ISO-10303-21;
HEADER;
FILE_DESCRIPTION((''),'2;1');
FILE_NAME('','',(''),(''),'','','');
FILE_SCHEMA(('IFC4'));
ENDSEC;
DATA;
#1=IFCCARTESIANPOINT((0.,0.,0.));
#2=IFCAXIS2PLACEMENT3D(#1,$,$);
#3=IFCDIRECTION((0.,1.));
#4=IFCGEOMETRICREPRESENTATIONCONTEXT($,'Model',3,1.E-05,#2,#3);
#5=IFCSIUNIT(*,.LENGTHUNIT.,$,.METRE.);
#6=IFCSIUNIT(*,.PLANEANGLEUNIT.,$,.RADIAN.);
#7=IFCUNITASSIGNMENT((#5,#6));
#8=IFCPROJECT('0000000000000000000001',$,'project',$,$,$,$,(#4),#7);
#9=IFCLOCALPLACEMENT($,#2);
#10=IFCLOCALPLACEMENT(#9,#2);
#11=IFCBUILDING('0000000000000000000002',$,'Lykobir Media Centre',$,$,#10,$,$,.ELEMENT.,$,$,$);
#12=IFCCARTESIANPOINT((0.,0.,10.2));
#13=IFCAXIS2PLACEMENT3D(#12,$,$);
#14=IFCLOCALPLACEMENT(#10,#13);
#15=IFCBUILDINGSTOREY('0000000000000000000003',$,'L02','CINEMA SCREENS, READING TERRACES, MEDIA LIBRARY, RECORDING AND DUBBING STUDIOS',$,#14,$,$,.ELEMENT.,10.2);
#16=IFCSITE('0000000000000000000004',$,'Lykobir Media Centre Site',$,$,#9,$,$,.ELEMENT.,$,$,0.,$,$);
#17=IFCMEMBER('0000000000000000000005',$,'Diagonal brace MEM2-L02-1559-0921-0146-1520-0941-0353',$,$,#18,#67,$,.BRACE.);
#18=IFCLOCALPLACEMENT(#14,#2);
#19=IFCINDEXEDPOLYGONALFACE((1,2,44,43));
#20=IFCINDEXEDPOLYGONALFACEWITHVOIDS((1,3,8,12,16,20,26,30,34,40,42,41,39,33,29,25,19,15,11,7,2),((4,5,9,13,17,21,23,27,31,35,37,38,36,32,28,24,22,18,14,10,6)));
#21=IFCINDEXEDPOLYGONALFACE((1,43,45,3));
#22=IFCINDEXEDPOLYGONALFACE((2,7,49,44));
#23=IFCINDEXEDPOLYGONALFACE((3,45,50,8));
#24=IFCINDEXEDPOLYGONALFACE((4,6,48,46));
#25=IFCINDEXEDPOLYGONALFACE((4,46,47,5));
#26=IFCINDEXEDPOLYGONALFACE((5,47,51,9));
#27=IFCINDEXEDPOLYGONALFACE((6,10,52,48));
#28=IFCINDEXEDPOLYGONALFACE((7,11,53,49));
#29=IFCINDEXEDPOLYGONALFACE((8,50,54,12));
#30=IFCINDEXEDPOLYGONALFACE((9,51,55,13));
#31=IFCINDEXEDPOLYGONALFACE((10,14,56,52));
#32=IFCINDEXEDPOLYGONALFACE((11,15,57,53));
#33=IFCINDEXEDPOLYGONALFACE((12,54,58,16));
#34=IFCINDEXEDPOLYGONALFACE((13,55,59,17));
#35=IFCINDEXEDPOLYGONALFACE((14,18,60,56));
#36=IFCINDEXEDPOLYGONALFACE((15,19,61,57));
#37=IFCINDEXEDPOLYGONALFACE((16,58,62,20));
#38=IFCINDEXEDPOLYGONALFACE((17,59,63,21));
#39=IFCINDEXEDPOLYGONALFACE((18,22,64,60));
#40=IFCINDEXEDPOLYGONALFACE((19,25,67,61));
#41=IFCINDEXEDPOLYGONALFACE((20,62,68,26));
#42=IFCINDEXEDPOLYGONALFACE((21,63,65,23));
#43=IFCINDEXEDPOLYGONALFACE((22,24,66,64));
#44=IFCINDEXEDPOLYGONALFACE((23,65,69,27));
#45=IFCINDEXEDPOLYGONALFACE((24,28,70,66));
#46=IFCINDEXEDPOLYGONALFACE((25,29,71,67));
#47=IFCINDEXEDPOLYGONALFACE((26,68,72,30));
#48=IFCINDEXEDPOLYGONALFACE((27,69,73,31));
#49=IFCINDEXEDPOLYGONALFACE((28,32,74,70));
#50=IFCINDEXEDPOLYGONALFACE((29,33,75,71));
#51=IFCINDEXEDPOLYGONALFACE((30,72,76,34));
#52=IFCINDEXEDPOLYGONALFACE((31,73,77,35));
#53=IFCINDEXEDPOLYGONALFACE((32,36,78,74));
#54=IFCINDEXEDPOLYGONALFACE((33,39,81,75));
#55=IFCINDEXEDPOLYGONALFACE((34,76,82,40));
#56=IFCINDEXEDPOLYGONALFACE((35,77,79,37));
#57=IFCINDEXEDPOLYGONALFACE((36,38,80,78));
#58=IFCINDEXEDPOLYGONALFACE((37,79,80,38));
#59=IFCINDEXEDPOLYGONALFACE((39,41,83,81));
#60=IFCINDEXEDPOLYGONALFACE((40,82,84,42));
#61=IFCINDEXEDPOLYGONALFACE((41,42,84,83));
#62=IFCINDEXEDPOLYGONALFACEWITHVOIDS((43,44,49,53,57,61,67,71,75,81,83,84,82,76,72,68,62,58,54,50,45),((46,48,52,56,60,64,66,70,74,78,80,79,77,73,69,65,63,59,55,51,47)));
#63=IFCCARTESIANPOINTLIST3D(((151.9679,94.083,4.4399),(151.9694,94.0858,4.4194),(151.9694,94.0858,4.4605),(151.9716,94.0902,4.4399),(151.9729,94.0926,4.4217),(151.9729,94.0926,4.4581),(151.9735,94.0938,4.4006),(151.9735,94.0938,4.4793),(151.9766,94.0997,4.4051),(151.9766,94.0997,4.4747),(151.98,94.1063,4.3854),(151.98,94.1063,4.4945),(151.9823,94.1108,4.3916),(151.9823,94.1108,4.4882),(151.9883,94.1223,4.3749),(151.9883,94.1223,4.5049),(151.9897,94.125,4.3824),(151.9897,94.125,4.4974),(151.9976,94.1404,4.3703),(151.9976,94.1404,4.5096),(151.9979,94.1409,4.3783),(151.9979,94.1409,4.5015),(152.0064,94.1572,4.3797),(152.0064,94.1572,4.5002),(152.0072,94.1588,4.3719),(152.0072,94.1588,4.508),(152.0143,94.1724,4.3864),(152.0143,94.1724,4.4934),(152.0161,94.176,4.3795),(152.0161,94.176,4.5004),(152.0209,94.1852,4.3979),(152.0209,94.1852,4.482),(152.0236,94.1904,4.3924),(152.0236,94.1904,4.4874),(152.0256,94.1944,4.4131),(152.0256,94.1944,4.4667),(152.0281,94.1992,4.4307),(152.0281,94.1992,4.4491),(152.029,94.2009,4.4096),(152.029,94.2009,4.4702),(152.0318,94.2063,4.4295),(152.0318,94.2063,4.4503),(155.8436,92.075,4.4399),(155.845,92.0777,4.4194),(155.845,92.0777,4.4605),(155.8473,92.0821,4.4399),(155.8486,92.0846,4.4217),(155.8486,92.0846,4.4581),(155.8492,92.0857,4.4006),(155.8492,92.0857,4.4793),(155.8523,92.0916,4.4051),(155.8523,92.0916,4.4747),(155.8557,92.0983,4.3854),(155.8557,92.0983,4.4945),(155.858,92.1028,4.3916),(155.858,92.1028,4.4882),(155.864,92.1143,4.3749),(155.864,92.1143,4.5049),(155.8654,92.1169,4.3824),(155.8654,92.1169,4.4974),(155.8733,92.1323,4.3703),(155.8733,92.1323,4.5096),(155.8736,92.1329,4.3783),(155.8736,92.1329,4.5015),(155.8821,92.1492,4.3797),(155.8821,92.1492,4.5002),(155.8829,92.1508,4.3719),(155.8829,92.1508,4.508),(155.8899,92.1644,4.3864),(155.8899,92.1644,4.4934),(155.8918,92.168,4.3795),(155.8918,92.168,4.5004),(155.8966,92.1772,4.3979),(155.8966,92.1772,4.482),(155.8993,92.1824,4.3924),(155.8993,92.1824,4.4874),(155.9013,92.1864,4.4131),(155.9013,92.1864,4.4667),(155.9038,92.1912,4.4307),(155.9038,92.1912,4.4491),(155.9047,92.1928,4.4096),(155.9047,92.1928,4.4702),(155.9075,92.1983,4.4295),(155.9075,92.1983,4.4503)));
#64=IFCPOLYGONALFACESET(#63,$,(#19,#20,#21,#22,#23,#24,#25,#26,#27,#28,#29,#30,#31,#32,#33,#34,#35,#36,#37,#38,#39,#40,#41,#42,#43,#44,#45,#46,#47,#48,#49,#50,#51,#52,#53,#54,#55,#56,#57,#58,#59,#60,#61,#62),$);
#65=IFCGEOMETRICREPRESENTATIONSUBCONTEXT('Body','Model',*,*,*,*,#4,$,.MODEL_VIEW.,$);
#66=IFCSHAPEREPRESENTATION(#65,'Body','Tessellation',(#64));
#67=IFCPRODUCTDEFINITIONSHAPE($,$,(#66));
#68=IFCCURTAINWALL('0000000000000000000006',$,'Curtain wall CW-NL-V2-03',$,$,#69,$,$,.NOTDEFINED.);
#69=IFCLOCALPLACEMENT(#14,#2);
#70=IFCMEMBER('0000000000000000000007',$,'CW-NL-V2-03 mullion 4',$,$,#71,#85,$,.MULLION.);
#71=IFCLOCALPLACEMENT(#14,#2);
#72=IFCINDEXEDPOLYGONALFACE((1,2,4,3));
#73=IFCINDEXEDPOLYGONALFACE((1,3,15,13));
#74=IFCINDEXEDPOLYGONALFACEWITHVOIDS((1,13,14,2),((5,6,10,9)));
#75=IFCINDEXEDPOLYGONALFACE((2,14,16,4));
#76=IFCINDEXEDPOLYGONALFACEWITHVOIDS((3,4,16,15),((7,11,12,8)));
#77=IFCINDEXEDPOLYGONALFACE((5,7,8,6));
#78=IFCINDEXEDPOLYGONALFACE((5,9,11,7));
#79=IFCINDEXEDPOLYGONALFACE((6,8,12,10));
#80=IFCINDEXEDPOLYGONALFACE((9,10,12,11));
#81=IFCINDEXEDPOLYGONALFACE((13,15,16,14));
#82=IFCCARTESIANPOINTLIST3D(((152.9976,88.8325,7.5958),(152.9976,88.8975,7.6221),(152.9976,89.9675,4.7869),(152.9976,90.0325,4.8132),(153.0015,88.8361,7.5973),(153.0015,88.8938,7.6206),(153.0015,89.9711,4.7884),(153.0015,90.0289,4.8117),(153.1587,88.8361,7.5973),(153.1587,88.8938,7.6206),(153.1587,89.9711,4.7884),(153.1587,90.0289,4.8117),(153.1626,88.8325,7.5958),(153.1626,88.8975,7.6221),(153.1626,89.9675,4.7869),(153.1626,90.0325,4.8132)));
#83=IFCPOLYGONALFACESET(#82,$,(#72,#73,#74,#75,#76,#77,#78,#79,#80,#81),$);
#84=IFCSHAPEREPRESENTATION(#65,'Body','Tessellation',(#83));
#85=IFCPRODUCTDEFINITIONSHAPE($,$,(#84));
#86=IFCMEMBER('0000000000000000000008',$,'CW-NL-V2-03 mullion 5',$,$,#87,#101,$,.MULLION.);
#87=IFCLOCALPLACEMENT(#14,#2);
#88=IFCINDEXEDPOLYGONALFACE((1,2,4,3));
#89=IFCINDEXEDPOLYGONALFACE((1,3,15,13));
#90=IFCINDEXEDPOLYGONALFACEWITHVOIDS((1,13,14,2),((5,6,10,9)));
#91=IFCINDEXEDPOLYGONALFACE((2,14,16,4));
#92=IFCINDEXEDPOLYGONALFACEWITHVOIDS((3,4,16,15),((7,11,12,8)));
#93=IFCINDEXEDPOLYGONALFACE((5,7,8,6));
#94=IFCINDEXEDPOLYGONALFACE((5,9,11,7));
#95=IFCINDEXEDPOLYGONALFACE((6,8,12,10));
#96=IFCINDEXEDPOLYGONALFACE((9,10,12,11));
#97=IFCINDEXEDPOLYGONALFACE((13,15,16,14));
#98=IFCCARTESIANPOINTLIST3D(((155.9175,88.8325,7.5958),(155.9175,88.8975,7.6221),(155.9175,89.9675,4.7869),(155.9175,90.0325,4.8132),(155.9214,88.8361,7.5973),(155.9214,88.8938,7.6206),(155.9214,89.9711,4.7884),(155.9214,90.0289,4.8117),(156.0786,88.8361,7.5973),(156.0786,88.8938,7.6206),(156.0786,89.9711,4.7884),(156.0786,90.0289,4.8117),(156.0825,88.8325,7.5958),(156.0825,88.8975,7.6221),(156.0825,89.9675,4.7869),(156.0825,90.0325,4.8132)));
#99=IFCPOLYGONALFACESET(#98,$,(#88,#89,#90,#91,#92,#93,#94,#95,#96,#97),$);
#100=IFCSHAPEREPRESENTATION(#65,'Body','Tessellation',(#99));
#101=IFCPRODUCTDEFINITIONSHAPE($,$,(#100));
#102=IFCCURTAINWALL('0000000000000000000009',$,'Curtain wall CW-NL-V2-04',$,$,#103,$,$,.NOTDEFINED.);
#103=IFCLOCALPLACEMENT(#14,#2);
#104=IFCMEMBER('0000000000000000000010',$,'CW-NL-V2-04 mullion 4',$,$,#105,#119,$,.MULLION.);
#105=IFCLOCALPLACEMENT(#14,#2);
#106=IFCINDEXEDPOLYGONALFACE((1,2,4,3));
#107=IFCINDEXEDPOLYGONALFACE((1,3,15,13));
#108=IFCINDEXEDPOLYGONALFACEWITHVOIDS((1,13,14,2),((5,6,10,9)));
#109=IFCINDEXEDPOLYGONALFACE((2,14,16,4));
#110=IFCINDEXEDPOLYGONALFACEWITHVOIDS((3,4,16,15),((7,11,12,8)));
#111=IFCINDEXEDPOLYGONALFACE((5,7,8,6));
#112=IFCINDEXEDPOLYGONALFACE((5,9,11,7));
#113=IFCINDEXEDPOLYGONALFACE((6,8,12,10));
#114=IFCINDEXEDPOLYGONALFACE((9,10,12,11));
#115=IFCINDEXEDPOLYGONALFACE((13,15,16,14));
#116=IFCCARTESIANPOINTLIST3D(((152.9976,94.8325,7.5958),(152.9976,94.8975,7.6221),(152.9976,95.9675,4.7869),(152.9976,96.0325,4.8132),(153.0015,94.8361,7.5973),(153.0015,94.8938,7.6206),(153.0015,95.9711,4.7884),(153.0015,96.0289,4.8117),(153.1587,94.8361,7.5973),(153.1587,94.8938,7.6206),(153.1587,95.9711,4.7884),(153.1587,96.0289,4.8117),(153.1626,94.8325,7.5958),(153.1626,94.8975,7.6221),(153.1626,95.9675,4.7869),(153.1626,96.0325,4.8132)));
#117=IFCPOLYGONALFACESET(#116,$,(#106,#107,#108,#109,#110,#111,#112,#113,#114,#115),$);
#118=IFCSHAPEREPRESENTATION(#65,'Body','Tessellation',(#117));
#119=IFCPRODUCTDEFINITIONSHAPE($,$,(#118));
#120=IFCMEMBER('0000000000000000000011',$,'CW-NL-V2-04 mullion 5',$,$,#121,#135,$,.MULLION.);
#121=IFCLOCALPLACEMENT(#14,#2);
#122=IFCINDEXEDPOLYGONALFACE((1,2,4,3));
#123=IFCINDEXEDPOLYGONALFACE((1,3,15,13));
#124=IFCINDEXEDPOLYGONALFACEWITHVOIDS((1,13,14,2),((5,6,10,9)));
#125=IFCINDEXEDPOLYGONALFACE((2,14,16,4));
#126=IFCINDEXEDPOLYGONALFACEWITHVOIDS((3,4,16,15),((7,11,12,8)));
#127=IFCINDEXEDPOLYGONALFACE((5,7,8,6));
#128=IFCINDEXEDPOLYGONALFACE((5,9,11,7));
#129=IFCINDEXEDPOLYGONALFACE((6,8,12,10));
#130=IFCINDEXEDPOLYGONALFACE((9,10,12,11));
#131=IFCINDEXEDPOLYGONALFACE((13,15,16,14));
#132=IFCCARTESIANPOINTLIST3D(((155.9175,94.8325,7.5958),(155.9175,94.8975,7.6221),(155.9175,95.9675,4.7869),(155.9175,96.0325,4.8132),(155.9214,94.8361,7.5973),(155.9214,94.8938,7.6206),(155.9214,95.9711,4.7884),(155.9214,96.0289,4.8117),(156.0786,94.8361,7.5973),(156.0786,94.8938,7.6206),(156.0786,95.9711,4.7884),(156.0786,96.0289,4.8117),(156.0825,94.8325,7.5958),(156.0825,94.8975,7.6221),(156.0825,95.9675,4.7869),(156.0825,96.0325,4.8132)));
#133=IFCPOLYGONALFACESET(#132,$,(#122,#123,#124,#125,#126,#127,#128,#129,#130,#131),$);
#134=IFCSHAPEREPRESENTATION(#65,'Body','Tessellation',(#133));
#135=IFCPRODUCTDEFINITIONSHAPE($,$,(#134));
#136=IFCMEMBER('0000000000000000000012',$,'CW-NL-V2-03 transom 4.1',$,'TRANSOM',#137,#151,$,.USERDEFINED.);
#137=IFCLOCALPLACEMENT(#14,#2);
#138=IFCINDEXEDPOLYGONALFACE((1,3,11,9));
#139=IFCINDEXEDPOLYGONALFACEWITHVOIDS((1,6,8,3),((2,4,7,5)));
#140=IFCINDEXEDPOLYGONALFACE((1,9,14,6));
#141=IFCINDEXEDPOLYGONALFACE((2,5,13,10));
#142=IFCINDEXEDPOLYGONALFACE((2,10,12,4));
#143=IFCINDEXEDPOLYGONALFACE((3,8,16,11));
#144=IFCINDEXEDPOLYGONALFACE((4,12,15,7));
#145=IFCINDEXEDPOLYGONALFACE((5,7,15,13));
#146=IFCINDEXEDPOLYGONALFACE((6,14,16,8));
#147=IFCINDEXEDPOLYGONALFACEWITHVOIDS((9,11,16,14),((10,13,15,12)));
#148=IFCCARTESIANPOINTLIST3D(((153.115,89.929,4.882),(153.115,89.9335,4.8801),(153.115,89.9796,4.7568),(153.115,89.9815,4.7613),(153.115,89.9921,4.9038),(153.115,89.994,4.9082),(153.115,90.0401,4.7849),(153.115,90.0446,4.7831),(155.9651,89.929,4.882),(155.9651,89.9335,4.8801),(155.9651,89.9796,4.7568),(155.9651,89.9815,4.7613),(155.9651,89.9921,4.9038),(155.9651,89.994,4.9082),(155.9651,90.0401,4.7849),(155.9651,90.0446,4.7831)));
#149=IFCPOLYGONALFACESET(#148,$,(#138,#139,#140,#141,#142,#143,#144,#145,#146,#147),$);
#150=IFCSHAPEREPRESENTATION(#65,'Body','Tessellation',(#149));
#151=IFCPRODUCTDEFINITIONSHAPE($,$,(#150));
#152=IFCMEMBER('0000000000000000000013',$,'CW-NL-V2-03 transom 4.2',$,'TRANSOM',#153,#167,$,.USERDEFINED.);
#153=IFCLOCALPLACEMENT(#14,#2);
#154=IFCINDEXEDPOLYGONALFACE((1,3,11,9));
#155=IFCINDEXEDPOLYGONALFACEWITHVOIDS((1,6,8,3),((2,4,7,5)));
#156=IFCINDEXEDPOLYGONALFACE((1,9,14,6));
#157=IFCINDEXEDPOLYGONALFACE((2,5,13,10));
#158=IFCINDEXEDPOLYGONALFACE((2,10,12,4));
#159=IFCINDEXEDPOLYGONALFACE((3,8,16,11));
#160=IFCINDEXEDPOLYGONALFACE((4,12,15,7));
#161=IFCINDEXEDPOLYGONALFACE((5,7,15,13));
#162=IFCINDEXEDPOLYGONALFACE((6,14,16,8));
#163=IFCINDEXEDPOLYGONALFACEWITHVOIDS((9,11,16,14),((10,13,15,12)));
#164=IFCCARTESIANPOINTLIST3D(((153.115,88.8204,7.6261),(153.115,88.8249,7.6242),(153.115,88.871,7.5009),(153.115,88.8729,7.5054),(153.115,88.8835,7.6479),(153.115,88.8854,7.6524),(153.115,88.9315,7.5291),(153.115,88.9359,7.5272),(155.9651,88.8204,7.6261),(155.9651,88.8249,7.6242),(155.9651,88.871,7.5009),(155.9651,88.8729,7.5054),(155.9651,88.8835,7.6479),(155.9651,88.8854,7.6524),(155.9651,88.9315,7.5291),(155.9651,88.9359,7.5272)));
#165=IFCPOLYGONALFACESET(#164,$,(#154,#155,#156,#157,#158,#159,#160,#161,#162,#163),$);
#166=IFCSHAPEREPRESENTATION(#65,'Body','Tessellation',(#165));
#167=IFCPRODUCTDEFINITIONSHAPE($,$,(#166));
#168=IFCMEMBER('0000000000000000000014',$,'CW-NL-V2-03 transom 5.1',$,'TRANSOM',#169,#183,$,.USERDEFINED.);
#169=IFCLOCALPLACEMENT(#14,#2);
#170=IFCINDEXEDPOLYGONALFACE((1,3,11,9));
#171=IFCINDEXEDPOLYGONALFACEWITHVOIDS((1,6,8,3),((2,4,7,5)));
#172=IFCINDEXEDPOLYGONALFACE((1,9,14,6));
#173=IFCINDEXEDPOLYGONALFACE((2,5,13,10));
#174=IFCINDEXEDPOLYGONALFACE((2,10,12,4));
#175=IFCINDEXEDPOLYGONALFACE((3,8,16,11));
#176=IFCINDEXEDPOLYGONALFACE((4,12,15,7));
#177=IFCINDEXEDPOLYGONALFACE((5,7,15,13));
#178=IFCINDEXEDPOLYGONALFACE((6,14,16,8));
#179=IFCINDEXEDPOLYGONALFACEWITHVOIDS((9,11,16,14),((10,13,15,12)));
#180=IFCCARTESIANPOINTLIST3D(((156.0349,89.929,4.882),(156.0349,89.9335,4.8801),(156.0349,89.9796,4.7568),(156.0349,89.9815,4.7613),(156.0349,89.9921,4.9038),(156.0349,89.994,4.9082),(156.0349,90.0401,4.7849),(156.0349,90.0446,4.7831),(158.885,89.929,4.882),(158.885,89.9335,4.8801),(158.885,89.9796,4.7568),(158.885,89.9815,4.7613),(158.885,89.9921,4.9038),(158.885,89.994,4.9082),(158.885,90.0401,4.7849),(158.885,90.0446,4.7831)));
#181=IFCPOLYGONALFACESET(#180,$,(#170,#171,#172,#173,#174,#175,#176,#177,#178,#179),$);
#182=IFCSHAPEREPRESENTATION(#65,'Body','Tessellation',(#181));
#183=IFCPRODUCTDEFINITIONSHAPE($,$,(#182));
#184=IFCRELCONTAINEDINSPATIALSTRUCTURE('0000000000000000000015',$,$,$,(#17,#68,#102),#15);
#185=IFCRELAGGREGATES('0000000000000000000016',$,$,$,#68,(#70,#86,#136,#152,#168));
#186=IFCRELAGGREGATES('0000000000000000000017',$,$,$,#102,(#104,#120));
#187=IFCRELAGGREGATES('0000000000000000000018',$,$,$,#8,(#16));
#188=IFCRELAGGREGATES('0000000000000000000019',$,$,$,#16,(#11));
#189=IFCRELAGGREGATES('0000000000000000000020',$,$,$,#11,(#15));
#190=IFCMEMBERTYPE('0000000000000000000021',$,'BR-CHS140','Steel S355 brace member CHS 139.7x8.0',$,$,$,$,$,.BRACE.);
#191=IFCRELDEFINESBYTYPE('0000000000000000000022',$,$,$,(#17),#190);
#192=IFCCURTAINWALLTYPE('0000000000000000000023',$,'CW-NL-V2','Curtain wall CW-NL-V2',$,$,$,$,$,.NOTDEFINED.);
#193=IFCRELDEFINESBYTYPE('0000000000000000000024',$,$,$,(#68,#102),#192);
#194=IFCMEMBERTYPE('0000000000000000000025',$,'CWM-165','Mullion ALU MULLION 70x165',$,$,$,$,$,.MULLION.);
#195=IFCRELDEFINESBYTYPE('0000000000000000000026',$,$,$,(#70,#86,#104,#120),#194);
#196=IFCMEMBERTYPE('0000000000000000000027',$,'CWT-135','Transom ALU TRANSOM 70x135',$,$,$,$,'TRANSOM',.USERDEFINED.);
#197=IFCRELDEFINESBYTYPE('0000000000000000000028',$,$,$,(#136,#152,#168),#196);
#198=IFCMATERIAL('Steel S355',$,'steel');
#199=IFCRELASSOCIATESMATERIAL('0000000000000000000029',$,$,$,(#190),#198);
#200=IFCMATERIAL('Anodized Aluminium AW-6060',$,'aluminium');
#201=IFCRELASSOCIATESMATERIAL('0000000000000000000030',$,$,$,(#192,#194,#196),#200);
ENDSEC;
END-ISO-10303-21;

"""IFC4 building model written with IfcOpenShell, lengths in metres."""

from ifc_helpers import new_model, si_unit, direction, frame, origin, origin_2d, place, context, subcontext, project, spatial, hollow_rectangle, hollow_circle, extrude, material, material_profile, profile_set, type_object, element, aggregate, save


model = new_model("IFC4")

# Units and contexts
model_context = context("Model", 3, precision=1e-05, world=origin(), true_north=direction((0.0, 1.0)))
body_context = subcontext(model_context, "Body", "Model", "MODEL_VIEW")
ifc_project = project(units=[si_unit("LENGTHUNIT", "METRE"), si_unit("PLANEANGLEUNIT", "RADIAN")], contexts=[model_context])

# Site, building, storey
site_placement = place(None, origin())
site = spatial("IfcSite", under=ifc_project, at=site_placement, Name="Lykobir Media Centre Site", CompositionType="ELEMENT", RefElevation=0.0)
building_placement = place(site_placement, origin())
building = spatial("IfcBuilding", under=site, at=building_placement, Name="Lykobir Media Centre", CompositionType="ELEMENT")
storey_placement = place(building_placement, frame((0.0, 0.0, 10.2)))
storey = spatial("IfcBuildingStorey", under=building, at=storey_placement, Name="L02", Description="CINEMA SCREENS, READING TERRACES, MEDIA LIBRARY, RECORDING AND DUBBING STUDIOS", CompositionType="ELEMENT", Elevation=10.2)

# Member
ifc_material_1 = material(Name="Steel S355", Category="steel")
ifc_material_profile_1 = material_profile(ifc_material_1, hollow_circle(Radius=0.0698, WallThickness=0.0081, at=origin_2d()), Name="CHS 139.7x8.0")
ifc_profile_set_1 = profile_set([ifc_material_profile_1], Name="Steel S355")
member_type_1 = type_object("IfcMemberType", Name="BR-CHS140", Description="Steel S355 brace member CHS 139.7x8.0", PredefinedType="BRACE", material=ifc_profile_set_1)
member_1_placement = place(storey_placement, frame((155.8757, 92.137, 4.4399), z_axis=(-0.887903, 0.460031, 0.0), x_axis=(-0.460031, -0.887903, 0.0)))
element("IfcMember", 1, at=member_1_placement, inside=storey, type_object=member_type_1, Name="Diagonal brace MEM2-L02-1559-0921-0146-1520-0941-0353", PredefinedType="BRACE", context=body_context, shape_type="SweptSolid", body=[
    extrude(hollow_circle(Radius=0.0698, WallThickness=0.0081, at=origin_2d()), origin(), (0.0, 0.0, 1.0), 4.365),
])

# Curtain walls, members
ifc_material_2 = material(Name="Anodized Aluminium AW-6060", Category="aluminium")
curtain_wall_type = type_object("IfcCurtainWallType", Name="CW-NL-V2", Description="Curtain wall CW-NL-V2", PredefinedType="NOTDEFINED", material=ifc_material_2)
curtain_wall_1_placement = place(storey_placement, origin())
curtain_wall_1 = element("IfcCurtainWall", 2, at=curtain_wall_1_placement, inside=storey, type_object=curtain_wall_type, Name="Curtain wall CW-NL-V2-03", PredefinedType="NOTDEFINED")
ifc_material_profile_2 = material_profile(ifc_material_2, hollow_rectangle(XDim=0.0701, YDim=0.165, WallThickness=0.0039, at=origin_2d()), Name="ALU MULLION 70x165")
ifc_profile_set_2 = profile_set([ifc_material_profile_2], Name="Anodized Aluminium AW-6060")
member_type_2 = type_object("IfcMemberType", Name="CWM-165", Description="Mullion ALU MULLION 70x165", PredefinedType="MULLION", material=ifc_profile_set_2)
member_2_placement = place(storey_placement, frame((153.0801, 90.0, 4.8), z_axis=(0.0, -0.374654, 0.927165), x_axis=(0.0, 0.927165, 0.374654)))
member_2 = element("IfcMember", 3, at=member_2_placement, type_object=member_type_2, Name="CW-NL-V2-03 mullion 4", PredefinedType="MULLION", context=body_context, shape_type="SweptSolid", body=[
    extrude(hollow_rectangle(XDim=0.0701, YDim=0.165, WallThickness=0.0039, at=origin_2d()), origin(), (0.0, 0.0, 1.0), 3.0295),
])
member_3_placement = place(storey_placement, frame((156.0, 90.0, 4.8), z_axis=(0.0, -0.374654, 0.927165), x_axis=(0.0, 0.927165, 0.374654)))
member_3 = element("IfcMember", 4, at=member_3_placement, type_object=member_type_2, Name="CW-NL-V2-03 mullion 5", PredefinedType="MULLION", context=body_context, shape_type="SweptSolid", body=[
    extrude(hollow_rectangle(XDim=0.0701, YDim=0.165, WallThickness=0.0039, at=origin_2d()), origin(), (0.0, 0.0, 1.0), 3.0295),
])
curtain_wall_2_placement = place(storey_placement, origin())
curtain_wall_2 = element("IfcCurtainWall", 5, at=curtain_wall_2_placement, inside=storey, type_object=curtain_wall_type, Name="Curtain wall CW-NL-V2-04", PredefinedType="NOTDEFINED")
member_4_placement = place(storey_placement, frame((153.0801, 96.0, 4.8), z_axis=(0.0, -0.374654, 0.927165), x_axis=(0.0, 0.927165, 0.374654)))
member_4 = element("IfcMember", 6, at=member_4_placement, type_object=member_type_2, Name="CW-NL-V2-04 mullion 4", PredefinedType="MULLION", context=body_context, shape_type="SweptSolid", body=[
    extrude(hollow_rectangle(XDim=0.0701, YDim=0.165, WallThickness=0.0039, at=origin_2d()), origin(), (0.0, 0.0, 1.0), 3.0295),
])
member_5_placement = place(storey_placement, frame((156.0, 96.0, 4.8), z_axis=(0.0, -0.374654, 0.927165), x_axis=(0.0, 0.927165, 0.374654)))
member_5 = element("IfcMember", 7, at=member_5_placement, type_object=member_type_2, Name="CW-NL-V2-04 mullion 5", PredefinedType="MULLION", context=body_context, shape_type="SweptSolid", body=[
    extrude(hollow_rectangle(XDim=0.0701, YDim=0.165, WallThickness=0.0039, at=origin_2d()), origin(), (0.0, 0.0, 1.0), 3.0295),
])

# Members
ifc_material_profile_3 = material_profile(ifc_material_2, hollow_rectangle(XDim=0.0701, YDim=0.135, WallThickness=0.0034, at=origin_2d()), Name="ALU TRANSOM 70x135")
ifc_profile_set_3 = profile_set([ifc_material_profile_3], Name="Anodized Aluminium AW-6060")
member_type_3 = type_object("IfcMemberType", Name="CWT-135", Description="Transom ALU TRANSOM 70x135", ElementType="TRANSOM", PredefinedType="USERDEFINED", material=ifc_profile_set_3)
member_6_placement = place(storey_placement, frame((153.115, 89.9868, 4.8325), z_axis=(1.0, 0.0, 0.0), x_axis=(0.0, 0.927184, 0.374607)))
member_6 = element("IfcMember", 8, at=member_6_placement, type_object=member_type_3, Name="CW-NL-V2-03 transom 4.1", ObjectType="TRANSOM", PredefinedType="USERDEFINED", context=body_context, shape_type="SweptSolid", body=[
    extrude(hollow_rectangle(XDim=0.0701, YDim=0.135, WallThickness=0.0034, at=origin_2d()), origin(), (0.0, 0.0, 1.0), 2.8501),
])
member_7_placement = place(storey_placement, frame((153.115, 88.8782, 7.5767), z_axis=(1.0, 0.0, 0.0), x_axis=(0.0, 0.927184, 0.374607)))
member_7 = element("IfcMember", 9, at=member_7_placement, type_object=member_type_3, Name="CW-NL-V2-03 transom 4.2", ObjectType="TRANSOM", PredefinedType="USERDEFINED", context=body_context, shape_type="SweptSolid", body=[
    extrude(hollow_rectangle(XDim=0.0701, YDim=0.135, WallThickness=0.0034, at=origin_2d()), origin(), (0.0, 0.0, 1.0), 2.8501),
])
member_8_placement = place(storey_placement, frame((156.0349, 89.9868, 4.8325), z_axis=(1.0, 0.0, 0.0), x_axis=(0.0, 0.927184, 0.374607)))
member_8 = element("IfcMember", 10, at=member_8_placement, type_object=member_type_3, Name="CW-NL-V2-03 transom 5.1", ObjectType="TRANSOM", PredefinedType="USERDEFINED", context=body_context, shape_type="SweptSolid", body=[
    extrude(hollow_rectangle(XDim=0.0701, YDim=0.135, WallThickness=0.0034, at=origin_2d()), origin(), (0.0, 0.0, 1.0), 2.8501),
])

aggregate(curtain_wall_1, [member_2, member_3, member_6, member_7, member_8])
aggregate(curtain_wall_2, [member_4, member_5])

save(model, "model.ifc")
